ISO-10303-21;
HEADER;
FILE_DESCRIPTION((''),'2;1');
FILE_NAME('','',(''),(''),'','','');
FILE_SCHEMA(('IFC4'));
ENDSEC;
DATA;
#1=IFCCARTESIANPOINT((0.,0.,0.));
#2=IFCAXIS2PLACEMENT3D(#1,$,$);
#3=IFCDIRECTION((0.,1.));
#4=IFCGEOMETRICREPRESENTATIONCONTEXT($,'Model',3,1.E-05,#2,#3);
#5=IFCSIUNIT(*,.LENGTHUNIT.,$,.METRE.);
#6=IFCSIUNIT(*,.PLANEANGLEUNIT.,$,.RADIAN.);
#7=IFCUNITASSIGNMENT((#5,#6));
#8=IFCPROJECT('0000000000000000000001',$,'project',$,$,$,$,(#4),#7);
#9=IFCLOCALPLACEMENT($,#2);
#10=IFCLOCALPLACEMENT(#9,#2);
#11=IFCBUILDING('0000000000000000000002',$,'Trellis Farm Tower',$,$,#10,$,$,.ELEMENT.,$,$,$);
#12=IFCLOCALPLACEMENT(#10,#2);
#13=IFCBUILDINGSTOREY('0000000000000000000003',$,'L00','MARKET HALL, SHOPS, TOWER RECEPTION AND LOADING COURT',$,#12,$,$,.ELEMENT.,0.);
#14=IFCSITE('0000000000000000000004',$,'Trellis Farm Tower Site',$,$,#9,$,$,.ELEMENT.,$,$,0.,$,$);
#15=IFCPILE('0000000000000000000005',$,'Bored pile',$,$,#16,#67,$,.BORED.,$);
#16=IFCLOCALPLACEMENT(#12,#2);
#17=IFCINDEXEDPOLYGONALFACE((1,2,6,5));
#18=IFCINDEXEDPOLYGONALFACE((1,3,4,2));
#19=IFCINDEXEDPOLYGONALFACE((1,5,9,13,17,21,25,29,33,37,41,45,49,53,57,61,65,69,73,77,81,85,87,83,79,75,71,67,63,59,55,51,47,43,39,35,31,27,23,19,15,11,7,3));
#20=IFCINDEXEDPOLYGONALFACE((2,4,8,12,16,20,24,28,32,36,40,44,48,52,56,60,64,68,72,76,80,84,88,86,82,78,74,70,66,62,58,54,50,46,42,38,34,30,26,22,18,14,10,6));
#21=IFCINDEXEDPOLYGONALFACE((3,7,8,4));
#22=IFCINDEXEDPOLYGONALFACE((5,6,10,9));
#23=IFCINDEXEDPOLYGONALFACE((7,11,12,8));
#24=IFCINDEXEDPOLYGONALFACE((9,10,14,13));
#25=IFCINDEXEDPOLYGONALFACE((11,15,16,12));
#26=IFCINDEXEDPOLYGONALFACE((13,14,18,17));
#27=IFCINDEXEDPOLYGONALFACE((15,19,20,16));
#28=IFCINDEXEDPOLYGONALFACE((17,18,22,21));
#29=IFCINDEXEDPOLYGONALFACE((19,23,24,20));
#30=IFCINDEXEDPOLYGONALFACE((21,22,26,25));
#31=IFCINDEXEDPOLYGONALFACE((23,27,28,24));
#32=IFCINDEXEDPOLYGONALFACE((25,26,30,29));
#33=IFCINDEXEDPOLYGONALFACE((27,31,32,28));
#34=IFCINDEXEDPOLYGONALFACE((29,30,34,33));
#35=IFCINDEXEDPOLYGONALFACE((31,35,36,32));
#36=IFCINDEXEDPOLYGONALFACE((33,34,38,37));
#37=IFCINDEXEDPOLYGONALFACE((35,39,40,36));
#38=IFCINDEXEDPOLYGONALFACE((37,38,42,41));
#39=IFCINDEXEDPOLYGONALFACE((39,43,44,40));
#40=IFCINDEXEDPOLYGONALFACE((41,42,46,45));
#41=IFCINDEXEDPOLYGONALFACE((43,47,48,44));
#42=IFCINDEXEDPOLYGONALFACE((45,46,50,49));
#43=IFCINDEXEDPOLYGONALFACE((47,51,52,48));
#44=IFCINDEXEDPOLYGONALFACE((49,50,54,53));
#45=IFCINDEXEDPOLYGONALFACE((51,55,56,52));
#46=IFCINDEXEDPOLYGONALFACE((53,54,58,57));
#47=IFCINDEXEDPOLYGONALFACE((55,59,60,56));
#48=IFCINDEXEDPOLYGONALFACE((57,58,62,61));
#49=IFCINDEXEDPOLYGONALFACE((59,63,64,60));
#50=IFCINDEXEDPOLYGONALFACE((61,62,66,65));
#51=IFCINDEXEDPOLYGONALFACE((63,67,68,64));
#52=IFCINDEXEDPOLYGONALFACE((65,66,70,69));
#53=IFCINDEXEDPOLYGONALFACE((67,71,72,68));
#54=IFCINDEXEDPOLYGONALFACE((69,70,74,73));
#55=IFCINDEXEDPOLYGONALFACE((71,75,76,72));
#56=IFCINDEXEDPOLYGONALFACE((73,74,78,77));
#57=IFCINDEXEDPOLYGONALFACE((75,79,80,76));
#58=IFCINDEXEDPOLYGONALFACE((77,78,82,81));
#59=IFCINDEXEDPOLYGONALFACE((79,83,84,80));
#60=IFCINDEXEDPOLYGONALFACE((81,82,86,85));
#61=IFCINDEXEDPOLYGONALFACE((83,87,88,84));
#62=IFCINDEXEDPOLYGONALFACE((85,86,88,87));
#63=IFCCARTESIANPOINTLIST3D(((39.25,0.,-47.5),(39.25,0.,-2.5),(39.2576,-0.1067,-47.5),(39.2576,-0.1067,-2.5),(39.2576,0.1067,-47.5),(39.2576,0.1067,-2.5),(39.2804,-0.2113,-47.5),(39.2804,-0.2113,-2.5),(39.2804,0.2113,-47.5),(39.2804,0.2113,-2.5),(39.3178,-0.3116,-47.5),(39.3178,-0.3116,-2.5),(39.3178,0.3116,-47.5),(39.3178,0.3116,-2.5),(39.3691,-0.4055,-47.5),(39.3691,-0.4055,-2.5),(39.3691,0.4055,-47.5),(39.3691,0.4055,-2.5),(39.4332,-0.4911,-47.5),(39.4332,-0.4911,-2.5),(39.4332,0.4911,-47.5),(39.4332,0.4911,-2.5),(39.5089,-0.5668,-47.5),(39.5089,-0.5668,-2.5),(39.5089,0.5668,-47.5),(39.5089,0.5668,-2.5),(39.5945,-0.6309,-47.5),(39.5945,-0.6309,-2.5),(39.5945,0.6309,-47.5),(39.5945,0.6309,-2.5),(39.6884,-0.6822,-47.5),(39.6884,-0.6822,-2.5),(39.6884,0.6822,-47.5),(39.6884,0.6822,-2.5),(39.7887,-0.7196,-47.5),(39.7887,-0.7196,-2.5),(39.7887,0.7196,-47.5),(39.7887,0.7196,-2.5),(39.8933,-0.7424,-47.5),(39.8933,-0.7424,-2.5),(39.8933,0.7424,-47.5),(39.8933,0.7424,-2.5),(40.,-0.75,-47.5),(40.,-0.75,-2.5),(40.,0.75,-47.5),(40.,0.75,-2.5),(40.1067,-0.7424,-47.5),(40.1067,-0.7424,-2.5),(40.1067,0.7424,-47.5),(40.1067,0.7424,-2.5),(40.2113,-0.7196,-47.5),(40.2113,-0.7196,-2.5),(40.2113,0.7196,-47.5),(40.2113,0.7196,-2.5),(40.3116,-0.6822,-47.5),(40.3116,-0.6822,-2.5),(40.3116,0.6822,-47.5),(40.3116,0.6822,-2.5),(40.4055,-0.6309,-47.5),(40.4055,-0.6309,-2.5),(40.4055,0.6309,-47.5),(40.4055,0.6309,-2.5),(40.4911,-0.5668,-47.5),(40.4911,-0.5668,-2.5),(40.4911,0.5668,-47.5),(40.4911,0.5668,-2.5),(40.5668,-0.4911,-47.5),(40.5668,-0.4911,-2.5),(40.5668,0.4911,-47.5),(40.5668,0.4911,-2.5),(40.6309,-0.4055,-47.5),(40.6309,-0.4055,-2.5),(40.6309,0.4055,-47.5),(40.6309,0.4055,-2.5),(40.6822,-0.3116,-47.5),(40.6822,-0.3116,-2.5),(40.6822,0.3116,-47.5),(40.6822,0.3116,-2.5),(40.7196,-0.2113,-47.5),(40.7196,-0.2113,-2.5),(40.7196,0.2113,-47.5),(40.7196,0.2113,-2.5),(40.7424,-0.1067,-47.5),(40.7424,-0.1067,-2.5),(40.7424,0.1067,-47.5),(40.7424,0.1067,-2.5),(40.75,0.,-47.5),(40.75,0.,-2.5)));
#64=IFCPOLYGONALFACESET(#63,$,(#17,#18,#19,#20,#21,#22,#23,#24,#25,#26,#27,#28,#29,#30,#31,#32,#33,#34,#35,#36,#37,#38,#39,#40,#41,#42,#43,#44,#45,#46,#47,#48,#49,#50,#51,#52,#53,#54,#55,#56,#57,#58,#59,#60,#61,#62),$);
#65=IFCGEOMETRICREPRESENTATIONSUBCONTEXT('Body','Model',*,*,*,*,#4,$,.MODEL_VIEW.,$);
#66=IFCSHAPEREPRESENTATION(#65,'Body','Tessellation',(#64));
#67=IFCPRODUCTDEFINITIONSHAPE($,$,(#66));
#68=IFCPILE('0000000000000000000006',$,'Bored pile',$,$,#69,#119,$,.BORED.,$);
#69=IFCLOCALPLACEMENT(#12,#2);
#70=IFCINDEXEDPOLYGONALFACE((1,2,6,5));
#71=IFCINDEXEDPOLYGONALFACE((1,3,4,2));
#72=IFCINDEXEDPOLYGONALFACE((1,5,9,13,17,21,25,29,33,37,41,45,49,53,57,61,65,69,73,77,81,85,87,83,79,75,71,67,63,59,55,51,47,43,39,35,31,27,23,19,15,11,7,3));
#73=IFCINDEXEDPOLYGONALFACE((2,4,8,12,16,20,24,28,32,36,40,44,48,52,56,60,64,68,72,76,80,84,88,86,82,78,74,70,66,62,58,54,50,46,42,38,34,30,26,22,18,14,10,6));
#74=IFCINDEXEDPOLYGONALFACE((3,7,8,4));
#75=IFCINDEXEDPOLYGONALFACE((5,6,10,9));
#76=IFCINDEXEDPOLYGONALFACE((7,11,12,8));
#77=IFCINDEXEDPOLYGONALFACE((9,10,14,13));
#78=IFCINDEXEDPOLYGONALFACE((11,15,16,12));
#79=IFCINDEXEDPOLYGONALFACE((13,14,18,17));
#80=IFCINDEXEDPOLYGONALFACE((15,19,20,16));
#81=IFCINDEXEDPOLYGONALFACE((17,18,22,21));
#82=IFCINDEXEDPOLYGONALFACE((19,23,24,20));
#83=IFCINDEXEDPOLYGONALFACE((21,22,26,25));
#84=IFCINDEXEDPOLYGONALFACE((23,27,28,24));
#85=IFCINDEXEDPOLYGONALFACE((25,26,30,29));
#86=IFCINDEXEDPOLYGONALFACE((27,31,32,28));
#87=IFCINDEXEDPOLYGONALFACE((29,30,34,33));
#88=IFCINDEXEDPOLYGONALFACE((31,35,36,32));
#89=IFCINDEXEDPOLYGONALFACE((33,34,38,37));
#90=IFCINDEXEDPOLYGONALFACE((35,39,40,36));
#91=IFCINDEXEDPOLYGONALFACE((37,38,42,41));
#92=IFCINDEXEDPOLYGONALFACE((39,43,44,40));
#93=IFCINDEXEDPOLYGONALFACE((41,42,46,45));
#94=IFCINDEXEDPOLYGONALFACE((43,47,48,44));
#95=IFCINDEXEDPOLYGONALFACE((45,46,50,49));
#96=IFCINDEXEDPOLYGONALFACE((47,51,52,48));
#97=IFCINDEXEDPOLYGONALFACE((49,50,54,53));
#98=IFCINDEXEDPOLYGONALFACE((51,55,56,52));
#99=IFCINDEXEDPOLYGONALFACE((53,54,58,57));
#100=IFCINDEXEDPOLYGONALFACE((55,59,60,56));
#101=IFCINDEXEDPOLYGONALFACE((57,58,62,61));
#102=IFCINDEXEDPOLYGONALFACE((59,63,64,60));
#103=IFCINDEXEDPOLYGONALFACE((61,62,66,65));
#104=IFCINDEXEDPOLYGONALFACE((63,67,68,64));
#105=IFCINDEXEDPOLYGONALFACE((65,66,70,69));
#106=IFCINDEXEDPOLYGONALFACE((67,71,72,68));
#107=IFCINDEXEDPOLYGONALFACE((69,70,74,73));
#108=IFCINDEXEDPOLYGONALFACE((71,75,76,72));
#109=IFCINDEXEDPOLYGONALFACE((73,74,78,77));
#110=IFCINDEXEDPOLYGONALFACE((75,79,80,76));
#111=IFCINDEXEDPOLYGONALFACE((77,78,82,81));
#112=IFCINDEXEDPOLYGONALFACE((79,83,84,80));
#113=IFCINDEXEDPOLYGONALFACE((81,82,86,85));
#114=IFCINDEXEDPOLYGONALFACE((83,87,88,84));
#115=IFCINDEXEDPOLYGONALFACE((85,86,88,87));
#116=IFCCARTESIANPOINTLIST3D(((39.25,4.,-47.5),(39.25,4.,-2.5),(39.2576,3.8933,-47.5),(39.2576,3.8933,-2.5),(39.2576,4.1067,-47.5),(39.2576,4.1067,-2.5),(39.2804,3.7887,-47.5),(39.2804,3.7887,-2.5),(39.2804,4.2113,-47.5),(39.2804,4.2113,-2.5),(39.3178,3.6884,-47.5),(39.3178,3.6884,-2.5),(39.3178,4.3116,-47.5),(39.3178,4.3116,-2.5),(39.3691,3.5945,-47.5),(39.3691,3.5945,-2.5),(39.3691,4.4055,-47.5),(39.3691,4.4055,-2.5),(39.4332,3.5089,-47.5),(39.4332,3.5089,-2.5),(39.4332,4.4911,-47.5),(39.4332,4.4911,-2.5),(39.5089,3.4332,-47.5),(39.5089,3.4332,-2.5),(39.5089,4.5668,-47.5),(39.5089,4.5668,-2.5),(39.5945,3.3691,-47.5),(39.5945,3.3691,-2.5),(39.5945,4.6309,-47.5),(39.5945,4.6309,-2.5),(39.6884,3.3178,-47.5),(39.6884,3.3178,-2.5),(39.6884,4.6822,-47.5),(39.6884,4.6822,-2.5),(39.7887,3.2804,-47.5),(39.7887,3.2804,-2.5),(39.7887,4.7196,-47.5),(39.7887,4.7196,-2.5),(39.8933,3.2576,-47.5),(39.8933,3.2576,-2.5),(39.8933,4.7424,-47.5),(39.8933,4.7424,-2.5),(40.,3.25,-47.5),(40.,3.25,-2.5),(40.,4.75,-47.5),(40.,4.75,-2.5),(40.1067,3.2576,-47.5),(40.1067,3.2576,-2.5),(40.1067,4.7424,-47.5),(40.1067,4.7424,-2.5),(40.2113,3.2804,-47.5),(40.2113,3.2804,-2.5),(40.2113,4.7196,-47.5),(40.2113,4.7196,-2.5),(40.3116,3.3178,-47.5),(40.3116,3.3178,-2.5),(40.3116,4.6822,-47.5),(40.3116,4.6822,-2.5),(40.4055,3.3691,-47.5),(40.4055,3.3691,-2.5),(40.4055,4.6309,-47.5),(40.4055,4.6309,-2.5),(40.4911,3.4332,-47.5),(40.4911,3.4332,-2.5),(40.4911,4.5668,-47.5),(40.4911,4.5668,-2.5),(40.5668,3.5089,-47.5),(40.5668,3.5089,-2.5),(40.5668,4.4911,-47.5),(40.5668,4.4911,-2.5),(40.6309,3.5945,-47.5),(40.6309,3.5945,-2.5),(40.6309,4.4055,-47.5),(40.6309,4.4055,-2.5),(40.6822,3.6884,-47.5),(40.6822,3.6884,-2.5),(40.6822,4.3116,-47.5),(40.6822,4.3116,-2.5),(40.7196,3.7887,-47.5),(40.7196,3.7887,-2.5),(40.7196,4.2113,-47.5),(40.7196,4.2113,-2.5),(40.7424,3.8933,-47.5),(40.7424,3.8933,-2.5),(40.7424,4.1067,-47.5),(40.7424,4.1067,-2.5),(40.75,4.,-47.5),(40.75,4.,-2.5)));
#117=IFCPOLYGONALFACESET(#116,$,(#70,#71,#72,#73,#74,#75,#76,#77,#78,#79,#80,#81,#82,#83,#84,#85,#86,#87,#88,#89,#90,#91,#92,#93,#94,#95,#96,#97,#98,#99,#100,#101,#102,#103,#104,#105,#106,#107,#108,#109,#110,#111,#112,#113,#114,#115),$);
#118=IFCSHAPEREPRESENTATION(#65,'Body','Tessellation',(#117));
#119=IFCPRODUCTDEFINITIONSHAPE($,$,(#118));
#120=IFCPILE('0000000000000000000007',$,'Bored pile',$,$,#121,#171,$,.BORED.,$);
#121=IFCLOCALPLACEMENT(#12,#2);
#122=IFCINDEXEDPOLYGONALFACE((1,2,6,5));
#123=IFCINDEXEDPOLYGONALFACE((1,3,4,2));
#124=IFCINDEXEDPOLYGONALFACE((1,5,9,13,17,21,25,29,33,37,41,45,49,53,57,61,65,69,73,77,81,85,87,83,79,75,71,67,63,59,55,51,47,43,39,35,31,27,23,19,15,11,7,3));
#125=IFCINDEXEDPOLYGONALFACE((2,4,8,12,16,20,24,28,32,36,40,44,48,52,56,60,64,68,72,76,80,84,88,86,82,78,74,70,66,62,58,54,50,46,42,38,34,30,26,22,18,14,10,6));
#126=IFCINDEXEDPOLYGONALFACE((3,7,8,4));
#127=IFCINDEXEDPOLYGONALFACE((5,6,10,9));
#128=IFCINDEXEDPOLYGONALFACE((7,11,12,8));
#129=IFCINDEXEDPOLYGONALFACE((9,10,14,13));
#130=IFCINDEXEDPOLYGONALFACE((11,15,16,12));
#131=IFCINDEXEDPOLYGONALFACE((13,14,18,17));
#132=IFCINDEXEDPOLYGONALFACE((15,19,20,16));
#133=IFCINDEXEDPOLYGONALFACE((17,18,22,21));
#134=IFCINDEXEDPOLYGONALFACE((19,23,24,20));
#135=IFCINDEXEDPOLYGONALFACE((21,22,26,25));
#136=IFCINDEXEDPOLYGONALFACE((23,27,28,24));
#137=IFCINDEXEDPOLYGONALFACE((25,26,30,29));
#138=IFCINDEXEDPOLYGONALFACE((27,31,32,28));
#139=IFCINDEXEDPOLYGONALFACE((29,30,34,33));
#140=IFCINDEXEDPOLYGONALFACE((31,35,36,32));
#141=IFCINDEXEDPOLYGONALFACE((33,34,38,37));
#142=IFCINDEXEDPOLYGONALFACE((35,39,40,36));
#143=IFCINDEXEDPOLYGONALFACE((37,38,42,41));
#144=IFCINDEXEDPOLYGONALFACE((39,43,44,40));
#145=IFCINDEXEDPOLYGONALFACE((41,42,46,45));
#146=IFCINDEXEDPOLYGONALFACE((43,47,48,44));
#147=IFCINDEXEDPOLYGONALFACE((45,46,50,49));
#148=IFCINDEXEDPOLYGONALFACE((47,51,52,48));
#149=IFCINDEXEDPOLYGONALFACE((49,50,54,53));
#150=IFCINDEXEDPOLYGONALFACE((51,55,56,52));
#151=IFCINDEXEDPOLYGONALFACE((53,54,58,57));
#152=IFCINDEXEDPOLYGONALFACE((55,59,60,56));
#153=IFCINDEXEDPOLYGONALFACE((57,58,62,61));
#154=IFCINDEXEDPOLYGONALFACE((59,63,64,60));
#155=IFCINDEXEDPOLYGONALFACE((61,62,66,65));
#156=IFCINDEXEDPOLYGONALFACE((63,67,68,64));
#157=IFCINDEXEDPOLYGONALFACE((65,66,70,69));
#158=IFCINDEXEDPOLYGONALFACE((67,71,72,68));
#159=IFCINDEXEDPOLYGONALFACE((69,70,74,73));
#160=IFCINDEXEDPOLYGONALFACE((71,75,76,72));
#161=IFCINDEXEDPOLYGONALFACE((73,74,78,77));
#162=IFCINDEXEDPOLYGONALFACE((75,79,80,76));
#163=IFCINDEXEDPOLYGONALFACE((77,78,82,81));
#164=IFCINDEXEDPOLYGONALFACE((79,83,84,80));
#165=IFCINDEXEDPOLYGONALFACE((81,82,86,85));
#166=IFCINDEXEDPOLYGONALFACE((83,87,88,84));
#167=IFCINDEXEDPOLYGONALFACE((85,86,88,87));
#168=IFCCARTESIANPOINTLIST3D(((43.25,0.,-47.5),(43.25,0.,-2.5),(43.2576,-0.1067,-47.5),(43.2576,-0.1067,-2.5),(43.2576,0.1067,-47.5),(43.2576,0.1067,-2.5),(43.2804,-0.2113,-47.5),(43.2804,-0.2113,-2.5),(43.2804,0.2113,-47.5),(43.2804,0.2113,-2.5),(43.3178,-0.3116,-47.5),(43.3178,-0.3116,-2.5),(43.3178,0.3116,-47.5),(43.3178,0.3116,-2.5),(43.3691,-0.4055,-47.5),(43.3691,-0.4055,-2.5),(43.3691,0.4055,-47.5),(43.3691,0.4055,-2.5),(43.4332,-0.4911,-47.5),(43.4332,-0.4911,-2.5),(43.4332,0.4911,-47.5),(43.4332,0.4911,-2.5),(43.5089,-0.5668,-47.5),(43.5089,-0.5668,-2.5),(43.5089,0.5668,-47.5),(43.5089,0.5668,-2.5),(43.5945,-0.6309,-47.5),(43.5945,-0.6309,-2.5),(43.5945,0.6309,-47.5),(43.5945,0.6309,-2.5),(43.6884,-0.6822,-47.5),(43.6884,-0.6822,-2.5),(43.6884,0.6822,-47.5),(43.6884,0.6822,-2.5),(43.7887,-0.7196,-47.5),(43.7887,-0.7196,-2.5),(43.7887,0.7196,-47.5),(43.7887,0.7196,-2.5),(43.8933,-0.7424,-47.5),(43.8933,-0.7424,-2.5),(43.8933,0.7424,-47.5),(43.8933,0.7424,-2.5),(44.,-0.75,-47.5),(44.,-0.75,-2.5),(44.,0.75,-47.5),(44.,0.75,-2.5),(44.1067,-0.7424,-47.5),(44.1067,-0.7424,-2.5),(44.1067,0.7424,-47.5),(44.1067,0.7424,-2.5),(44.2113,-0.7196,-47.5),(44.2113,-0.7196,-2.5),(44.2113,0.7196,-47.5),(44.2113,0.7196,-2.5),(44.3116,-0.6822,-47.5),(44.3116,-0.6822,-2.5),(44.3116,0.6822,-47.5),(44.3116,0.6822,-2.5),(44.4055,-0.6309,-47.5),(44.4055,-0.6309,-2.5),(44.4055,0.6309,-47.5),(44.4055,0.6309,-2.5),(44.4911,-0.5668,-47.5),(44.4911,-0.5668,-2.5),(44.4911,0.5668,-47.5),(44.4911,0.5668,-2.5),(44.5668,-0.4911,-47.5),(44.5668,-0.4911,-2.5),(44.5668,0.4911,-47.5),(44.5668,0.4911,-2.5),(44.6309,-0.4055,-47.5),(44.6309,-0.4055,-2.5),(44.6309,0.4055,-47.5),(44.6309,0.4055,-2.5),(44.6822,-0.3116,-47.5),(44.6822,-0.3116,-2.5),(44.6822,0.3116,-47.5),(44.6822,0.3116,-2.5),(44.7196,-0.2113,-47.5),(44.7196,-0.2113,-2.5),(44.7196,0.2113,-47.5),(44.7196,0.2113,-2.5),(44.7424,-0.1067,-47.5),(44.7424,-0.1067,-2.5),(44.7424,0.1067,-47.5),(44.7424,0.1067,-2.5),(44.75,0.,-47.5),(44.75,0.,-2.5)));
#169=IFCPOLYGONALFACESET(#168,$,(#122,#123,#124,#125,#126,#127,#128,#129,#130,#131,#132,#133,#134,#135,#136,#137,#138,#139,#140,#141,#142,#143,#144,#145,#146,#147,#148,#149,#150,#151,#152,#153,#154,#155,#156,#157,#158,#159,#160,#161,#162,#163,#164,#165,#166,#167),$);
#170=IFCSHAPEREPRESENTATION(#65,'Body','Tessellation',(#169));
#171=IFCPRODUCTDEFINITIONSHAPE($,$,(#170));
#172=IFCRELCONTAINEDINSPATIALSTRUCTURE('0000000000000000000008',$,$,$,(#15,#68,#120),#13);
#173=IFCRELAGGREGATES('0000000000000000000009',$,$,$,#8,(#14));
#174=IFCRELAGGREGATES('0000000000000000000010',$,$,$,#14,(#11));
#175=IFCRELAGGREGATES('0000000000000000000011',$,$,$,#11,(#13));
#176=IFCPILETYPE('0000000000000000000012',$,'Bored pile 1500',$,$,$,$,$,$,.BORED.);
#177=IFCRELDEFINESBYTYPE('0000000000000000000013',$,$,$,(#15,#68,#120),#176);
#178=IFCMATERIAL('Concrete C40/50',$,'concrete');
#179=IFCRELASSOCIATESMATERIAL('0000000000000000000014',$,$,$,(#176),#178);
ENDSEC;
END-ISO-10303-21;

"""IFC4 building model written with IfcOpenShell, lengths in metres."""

from ifc_helpers import new_model, si_unit, direction, frame, origin, origin_2d, place, context, subcontext, project, spatial, circle, extrude, source, transform, mapped, material, material_profile, profile_set, type_object, element, save


model = new_model("IFC4")

# Units and contexts
model_context = context("Model", 3, precision=1e-05, world=origin(), true_north=direction((0.0, 1.0)))
body_context = subcontext(model_context, "Body", "Model", "MODEL_VIEW")
ifc_project = project(units=[si_unit("LENGTHUNIT", "METRE"), si_unit("PLANEANGLEUNIT", "RADIAN")], contexts=[model_context])

# Site, building, storey
site_placement = place(None, origin())
site = spatial("IfcSite", under=ifc_project, at=site_placement, Name="Trellis Farm Tower Site", CompositionType="ELEMENT", RefElevation=0.0)
building_placement = place(site_placement, origin())
building = spatial("IfcBuilding", under=site, at=building_placement, Name="Trellis Farm Tower", CompositionType="ELEMENT")
storey_placement = place(building_placement, origin())
storey = spatial("IfcBuildingStorey", under=building, at=storey_placement, Name="L00", Description="MARKET HALL, SHOPS, TOWER RECEPTION AND LOADING COURT", CompositionType="ELEMENT", Elevation=0.0)

# Piles
ifc_material_1 = material(Name="Concrete C40/50", Category="concrete")
ifc_material_profile_1 = material_profile(ifc_material_1, circle(Radius=0.75, at=origin_2d()), Name="Bored pile 1500")
ifc_profile_set_1 = profile_set([ifc_material_profile_1], Name="Concrete C40/50")
pile_type = type_object("IfcPileType", Name="Bored pile 1500", PredefinedType="BORED", material=ifc_profile_set_1)
shared_shape_1 = source(origin(), body_context, "Body", "SweptSolid", [
    extrude(circle(Radius=0.75, at=origin_2d()), origin(), (0.0, 0.0, 1.0), 45.0),
])
for number, where, z_axis, x_axis, name in (
    (1, (40.0, 0.0, -2.5), (0.0, 0.0, -1.0), (1.0, 0.0, 0.0), "Bored pile"),
    (2, (40.0, 4.0, -2.5), (0.0, 0.0, -1.0), (1.0, 0.0, 0.0), "Bored pile"),
    (3, (44.0, 0.0, -2.5), (0.0, 0.0, -1.0), (1.0, 0.0, 0.0), "Bored pile"),
):
    element("IfcPile", number, at=place(storey_placement, frame(where, z_axis=z_axis, x_axis=x_axis)), inside=storey, type_object=pile_type, Name=name, PredefinedType="BORED", context=body_context, shape_type="MappedRepresentation", body=[
        mapped(shared_shape_1, transform((0.0, 0.0, 0.0))),
    ])

save(model, "model.ifc")
